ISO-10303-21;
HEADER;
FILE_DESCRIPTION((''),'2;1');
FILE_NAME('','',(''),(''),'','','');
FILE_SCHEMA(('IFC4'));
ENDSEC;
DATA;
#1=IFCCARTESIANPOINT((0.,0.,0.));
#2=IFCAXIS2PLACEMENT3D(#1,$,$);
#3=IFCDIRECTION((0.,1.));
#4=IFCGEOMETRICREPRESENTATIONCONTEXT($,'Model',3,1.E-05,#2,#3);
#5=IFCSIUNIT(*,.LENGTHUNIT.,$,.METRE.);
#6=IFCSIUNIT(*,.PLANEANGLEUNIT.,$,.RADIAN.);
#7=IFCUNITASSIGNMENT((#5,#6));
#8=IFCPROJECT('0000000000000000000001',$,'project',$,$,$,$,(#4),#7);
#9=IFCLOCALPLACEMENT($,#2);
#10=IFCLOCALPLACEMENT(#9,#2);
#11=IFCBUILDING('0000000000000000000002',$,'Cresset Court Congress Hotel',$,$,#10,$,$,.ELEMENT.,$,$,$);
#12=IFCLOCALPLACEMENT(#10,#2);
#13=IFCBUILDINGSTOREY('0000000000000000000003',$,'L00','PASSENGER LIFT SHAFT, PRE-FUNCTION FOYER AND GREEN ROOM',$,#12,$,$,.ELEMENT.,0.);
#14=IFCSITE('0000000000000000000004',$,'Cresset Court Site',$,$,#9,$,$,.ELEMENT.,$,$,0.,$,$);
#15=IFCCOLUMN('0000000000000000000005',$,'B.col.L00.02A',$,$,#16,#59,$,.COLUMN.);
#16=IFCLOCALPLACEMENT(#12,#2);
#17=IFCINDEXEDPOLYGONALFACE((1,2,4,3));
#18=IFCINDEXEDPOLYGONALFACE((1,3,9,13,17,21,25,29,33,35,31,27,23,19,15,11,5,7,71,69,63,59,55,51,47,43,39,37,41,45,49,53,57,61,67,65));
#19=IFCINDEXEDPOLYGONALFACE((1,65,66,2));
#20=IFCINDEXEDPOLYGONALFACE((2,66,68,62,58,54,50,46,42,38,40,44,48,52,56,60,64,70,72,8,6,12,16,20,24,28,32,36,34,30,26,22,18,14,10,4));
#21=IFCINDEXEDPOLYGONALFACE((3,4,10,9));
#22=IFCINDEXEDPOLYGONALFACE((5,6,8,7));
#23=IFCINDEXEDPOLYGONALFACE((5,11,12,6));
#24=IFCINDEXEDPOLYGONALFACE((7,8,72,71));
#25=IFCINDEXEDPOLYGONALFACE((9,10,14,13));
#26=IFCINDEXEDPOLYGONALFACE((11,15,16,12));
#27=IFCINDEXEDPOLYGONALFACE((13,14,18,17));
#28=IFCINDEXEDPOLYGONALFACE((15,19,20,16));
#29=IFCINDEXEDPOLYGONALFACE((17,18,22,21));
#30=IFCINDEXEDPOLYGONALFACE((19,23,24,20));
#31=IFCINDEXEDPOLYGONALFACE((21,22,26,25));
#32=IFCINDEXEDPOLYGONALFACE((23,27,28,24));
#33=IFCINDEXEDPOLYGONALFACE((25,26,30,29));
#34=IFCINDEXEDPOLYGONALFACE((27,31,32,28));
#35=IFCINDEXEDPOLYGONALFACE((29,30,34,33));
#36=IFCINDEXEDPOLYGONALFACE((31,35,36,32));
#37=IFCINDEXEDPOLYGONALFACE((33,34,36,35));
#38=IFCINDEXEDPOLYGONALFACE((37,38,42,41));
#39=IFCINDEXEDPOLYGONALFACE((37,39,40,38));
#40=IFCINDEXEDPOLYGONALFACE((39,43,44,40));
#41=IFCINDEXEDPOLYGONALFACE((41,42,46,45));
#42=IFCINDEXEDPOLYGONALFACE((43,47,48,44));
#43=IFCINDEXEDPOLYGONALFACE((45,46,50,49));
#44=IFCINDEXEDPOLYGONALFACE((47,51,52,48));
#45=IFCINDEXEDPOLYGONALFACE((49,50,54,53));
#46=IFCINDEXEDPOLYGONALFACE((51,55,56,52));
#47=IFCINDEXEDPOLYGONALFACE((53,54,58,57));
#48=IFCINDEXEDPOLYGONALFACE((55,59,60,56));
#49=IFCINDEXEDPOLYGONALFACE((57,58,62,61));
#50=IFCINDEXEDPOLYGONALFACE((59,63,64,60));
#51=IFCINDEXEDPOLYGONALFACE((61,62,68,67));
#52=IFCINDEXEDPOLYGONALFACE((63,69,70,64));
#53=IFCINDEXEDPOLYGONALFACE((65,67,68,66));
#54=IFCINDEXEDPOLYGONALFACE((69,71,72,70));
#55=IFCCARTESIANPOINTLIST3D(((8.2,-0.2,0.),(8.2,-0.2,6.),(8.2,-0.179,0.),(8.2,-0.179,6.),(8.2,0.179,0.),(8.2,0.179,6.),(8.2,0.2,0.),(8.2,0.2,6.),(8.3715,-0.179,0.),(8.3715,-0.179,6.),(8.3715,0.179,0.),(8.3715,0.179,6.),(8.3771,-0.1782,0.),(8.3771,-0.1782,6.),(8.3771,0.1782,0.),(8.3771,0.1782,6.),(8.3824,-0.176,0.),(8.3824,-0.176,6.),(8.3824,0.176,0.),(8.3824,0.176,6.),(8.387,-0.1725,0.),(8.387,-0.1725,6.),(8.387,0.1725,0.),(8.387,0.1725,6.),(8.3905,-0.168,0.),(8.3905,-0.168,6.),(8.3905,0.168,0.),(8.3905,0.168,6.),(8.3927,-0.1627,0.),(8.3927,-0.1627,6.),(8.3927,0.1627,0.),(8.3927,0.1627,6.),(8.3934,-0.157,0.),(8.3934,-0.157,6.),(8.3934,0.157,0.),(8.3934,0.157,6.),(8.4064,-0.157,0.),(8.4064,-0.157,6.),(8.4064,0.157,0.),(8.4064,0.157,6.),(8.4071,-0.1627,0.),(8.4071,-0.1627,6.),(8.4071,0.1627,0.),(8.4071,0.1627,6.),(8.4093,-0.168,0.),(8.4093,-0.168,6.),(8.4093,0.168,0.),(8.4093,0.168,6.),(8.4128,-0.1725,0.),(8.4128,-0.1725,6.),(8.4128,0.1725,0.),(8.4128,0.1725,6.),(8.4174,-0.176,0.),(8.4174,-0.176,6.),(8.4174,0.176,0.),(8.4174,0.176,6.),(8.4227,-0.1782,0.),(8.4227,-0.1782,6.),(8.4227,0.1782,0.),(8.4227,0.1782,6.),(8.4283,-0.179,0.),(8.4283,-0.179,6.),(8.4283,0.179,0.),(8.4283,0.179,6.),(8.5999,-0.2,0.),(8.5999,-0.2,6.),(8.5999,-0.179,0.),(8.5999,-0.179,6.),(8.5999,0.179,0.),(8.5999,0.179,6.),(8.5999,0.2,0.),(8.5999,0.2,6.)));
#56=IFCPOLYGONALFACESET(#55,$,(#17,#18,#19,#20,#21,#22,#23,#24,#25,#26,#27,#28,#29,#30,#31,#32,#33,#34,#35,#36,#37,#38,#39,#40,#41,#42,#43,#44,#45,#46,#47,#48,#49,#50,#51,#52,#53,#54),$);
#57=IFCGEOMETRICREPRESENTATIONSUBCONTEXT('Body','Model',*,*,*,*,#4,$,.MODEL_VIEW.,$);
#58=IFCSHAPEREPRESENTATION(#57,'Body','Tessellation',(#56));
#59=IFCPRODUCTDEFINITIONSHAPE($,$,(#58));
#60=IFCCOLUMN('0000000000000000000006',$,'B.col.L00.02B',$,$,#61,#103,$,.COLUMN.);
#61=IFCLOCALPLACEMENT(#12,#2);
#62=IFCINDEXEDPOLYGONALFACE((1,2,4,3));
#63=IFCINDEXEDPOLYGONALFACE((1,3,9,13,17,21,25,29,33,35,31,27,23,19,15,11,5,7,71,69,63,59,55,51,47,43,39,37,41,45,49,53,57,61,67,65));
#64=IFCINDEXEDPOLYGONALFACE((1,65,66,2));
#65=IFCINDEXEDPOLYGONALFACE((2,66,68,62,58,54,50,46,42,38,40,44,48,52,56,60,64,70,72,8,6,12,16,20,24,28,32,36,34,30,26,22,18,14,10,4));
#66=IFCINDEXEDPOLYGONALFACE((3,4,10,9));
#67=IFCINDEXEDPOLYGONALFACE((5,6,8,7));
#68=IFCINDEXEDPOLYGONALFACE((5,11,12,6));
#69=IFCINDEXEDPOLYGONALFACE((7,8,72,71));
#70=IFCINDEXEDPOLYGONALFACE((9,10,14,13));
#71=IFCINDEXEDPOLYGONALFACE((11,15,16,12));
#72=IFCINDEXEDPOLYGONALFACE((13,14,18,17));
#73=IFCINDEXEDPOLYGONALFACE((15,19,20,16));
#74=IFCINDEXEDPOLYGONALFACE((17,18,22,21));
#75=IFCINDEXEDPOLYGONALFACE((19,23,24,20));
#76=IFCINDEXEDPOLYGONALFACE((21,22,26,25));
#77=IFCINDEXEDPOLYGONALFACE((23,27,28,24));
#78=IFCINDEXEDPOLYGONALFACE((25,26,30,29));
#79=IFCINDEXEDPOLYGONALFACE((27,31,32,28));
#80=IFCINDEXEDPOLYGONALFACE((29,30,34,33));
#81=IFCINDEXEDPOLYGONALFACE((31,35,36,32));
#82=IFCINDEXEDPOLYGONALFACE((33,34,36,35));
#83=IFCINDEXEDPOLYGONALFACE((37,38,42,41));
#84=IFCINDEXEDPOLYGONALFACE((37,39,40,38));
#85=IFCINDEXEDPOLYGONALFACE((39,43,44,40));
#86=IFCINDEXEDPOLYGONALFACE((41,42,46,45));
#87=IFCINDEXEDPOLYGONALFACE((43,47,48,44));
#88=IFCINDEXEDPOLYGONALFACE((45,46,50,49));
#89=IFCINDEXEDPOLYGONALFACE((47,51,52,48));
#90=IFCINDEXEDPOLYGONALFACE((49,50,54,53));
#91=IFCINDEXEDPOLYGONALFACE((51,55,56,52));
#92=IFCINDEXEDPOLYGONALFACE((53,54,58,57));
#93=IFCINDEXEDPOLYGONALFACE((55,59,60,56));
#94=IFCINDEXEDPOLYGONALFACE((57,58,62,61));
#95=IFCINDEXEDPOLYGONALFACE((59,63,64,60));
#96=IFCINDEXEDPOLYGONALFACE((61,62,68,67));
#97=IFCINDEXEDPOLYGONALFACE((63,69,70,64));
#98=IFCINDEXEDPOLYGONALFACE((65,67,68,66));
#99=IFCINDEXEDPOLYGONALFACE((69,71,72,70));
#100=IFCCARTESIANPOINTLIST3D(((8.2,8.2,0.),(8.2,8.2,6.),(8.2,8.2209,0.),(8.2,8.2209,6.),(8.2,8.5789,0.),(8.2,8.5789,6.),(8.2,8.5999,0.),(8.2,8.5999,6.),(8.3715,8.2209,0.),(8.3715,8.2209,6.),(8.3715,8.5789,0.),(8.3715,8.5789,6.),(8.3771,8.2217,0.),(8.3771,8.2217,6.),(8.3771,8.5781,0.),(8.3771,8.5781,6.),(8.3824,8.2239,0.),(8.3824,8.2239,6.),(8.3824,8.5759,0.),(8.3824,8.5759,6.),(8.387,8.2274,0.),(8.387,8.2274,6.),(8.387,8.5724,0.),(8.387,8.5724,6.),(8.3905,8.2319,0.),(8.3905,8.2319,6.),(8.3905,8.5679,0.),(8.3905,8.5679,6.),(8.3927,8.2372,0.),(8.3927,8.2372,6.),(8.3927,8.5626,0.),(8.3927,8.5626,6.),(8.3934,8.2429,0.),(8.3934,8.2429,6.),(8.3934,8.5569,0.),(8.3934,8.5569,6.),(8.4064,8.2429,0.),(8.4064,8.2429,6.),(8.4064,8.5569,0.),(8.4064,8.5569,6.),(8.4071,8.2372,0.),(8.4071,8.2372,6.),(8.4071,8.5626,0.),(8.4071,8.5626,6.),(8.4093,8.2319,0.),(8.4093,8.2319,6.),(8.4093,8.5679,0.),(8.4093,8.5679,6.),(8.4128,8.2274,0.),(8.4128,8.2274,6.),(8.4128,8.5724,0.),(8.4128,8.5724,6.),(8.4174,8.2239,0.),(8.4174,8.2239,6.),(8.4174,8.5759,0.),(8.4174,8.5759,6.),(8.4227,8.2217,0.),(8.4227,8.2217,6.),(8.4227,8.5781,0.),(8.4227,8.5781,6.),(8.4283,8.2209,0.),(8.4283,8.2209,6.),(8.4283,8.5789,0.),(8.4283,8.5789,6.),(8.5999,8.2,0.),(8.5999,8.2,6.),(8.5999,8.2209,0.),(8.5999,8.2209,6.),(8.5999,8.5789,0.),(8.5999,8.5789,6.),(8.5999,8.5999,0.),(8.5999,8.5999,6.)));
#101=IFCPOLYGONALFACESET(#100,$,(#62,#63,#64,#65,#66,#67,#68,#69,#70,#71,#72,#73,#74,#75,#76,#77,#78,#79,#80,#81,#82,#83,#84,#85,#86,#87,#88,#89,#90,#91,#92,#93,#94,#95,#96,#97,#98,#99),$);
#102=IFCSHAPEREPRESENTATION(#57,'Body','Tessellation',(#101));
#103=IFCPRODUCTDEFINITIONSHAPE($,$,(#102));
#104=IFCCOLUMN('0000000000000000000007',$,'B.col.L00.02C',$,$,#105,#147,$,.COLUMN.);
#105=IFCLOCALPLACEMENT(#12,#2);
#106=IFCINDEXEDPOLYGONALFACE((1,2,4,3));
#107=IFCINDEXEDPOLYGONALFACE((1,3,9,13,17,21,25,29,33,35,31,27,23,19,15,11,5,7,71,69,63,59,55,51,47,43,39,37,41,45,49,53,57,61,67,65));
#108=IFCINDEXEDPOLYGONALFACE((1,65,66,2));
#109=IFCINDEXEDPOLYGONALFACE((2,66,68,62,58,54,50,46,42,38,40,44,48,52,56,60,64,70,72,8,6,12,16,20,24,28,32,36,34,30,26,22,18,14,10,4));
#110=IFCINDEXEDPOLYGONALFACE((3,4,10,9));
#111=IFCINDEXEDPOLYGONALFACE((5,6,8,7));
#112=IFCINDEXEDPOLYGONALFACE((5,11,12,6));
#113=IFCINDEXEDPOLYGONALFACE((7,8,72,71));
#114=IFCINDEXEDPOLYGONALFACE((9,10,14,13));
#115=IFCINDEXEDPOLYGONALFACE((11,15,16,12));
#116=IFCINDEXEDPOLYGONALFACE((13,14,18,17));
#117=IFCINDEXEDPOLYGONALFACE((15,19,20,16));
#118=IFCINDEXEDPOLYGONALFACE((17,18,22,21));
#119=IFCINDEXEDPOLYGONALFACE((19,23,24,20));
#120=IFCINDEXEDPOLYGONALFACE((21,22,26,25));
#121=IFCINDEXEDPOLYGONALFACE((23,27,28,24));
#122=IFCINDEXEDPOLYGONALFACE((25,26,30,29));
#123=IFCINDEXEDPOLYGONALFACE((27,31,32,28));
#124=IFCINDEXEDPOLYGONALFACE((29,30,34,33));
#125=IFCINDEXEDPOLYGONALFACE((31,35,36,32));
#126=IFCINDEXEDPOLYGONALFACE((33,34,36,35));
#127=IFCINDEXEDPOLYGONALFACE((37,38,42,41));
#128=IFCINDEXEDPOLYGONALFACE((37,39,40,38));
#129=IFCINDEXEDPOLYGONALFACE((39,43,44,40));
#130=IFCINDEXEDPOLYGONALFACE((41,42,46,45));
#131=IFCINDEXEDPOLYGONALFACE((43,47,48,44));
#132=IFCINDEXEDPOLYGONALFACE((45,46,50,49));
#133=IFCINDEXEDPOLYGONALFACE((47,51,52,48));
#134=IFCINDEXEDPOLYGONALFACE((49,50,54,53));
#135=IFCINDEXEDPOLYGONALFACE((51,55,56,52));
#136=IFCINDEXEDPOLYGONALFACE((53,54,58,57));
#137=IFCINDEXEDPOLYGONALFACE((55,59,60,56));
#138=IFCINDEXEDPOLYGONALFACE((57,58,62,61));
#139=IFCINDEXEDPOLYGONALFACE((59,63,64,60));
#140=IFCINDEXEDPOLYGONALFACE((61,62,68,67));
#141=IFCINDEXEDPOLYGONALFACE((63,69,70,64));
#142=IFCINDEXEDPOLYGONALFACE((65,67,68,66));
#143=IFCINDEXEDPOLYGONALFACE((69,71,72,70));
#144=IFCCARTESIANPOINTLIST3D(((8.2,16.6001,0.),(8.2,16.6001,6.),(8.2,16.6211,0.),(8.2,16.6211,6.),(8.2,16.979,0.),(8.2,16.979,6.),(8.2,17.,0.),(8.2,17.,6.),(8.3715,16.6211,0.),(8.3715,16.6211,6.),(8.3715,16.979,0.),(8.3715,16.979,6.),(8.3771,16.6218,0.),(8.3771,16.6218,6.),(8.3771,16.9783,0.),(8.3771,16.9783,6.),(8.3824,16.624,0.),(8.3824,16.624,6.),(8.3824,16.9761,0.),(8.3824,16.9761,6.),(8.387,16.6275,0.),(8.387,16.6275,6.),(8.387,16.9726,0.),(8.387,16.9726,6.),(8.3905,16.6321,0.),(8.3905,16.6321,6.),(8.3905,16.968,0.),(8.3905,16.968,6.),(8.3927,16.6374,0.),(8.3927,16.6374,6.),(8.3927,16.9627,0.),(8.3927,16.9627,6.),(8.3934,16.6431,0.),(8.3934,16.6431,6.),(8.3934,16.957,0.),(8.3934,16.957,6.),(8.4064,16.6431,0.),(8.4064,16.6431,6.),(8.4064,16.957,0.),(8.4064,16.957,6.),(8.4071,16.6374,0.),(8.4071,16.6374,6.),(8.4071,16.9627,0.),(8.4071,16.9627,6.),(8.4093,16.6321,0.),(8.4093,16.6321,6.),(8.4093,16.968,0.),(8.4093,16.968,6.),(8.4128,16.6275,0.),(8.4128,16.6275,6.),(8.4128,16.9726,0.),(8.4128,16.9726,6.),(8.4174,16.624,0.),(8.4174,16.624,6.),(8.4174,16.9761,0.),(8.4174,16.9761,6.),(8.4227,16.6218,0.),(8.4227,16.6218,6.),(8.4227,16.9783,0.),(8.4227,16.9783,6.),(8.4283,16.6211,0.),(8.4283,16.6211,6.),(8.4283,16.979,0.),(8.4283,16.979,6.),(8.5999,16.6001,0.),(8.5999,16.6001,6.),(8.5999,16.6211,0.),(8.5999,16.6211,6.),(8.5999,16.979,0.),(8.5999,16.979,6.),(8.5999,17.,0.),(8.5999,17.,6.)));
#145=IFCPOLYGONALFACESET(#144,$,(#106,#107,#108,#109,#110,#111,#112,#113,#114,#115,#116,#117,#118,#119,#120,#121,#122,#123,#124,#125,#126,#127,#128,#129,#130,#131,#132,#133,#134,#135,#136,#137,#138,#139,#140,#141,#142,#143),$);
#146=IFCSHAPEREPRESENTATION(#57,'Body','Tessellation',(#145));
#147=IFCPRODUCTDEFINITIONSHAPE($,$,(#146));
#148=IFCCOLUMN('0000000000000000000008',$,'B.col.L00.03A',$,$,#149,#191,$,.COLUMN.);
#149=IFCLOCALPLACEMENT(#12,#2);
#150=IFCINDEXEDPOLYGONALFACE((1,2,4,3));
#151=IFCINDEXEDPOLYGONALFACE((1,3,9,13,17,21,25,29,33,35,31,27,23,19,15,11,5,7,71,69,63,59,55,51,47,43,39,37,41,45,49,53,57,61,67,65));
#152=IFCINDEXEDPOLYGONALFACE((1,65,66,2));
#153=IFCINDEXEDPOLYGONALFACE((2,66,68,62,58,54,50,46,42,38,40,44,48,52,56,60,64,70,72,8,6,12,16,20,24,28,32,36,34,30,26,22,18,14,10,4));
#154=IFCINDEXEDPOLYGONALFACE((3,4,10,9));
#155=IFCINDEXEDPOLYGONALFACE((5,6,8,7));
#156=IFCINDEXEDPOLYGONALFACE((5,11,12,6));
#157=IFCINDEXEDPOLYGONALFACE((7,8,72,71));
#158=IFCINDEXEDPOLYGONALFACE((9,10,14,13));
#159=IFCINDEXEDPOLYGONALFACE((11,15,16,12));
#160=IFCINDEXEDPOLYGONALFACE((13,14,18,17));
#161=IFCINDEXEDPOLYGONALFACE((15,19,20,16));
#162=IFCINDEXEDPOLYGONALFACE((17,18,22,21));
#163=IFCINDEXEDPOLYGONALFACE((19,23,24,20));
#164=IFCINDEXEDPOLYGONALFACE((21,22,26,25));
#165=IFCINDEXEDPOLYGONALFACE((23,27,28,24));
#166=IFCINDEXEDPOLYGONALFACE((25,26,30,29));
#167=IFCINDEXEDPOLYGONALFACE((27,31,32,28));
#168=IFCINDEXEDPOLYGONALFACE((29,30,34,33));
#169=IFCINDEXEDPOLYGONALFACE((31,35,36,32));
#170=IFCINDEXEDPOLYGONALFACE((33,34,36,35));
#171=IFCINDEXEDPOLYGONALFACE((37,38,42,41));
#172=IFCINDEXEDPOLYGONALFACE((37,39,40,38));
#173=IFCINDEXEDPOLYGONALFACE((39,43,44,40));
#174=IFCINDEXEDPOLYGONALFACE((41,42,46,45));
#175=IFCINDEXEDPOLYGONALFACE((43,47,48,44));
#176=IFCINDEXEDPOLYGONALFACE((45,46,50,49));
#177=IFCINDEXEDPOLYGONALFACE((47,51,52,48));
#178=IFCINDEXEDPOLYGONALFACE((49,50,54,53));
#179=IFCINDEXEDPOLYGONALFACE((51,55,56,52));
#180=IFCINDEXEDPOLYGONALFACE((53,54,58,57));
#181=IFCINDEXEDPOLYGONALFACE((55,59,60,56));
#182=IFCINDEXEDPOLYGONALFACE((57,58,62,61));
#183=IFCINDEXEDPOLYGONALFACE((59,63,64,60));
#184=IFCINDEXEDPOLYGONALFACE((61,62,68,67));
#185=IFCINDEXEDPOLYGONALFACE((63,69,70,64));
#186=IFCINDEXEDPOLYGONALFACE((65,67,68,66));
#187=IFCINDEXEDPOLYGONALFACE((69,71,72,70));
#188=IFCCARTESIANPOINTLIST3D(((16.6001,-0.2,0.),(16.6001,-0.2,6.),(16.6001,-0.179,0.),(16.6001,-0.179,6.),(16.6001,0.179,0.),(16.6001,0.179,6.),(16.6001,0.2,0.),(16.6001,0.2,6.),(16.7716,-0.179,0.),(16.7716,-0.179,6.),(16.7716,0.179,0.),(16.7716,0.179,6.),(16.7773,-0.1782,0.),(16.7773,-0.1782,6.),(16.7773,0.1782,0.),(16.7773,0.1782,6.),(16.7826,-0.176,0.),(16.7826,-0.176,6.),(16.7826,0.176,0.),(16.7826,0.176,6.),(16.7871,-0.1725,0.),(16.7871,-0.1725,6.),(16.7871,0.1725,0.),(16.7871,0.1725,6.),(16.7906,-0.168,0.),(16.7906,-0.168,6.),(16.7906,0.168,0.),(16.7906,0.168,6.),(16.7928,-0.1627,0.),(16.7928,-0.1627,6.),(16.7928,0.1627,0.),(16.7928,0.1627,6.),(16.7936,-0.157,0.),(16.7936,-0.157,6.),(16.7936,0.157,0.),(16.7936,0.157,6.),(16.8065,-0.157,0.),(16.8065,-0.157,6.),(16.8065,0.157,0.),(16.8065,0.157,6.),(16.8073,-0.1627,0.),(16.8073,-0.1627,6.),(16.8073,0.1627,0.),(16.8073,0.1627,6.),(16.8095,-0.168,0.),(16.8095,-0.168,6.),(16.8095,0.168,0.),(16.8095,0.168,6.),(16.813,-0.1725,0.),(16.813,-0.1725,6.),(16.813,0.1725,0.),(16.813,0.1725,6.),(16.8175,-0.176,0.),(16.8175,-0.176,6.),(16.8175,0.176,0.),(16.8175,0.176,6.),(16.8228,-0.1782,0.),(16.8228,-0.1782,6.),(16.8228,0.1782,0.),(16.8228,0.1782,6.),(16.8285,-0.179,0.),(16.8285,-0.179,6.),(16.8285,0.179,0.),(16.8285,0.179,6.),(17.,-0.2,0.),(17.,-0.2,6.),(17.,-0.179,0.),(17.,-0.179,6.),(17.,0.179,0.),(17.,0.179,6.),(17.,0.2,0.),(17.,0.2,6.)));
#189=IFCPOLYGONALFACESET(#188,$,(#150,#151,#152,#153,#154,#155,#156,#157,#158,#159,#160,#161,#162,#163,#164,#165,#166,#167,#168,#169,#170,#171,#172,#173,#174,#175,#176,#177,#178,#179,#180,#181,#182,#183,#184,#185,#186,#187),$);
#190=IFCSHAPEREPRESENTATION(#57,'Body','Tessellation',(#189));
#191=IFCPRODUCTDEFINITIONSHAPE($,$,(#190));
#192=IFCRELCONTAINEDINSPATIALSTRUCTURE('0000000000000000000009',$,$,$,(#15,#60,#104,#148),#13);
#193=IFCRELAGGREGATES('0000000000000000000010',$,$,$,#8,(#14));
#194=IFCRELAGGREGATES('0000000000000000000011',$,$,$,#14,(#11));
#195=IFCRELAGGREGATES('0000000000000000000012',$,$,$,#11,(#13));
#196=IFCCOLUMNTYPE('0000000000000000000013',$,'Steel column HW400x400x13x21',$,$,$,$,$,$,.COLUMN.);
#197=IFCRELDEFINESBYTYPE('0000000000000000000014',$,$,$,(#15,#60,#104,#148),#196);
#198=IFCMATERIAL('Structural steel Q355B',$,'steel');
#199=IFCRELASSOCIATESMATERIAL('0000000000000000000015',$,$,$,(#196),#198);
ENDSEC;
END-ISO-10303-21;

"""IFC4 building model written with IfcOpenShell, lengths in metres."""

from ifc_helpers import new_model, si_unit, direction, frame, origin, origin_2d, place, context, subcontext, project, spatial, i_section, extrude, material, material_profile, profile_set, type_object, element, save


model = new_model("IFC4")

# Units and contexts
model_context = context("Model", 3, precision=1e-05, world=origin(), true_north=direction((0.0, 1.0)))
body_context = subcontext(model_context, "Body", "Model", "MODEL_VIEW")
ifc_project = project(units=[si_unit("LENGTHUNIT", "METRE"), si_unit("PLANEANGLEUNIT", "RADIAN")], contexts=[model_context])

# Site, building, storey
site_placement = place(None, origin())
site = spatial("IfcSite", under=ifc_project, at=site_placement, Name="Cresset Court Site", CompositionType="ELEMENT", RefElevation=0.0)
building_placement = place(site_placement, origin())
building = spatial("IfcBuilding", under=site, at=building_placement, Name="Cresset Court Congress Hotel", CompositionType="ELEMENT")
storey_placement = place(building_placement, origin())
storey = spatial("IfcBuildingStorey", under=building, at=storey_placement, Name="L00", Description="PASSENGER LIFT SHAFT, PRE-FUNCTION FOYER AND GREEN ROOM", CompositionType="ELEMENT", Elevation=0.0)

# Columns
ifc_material_1 = material(Name="Structural steel Q355B", Category="steel")
ifc_material_profile = material_profile(ifc_material_1, i_section(OverallWidth=0.3999, OverallDepth=0.3999, WebThickness=0.0129, FlangeThickness=0.021, FilletRadius=0.022, at=origin_2d()), Name="HW400x400x13x21")
ifc_profile_set = profile_set([ifc_material_profile], Name="Structural steel Q355B")
column_type = type_object("IfcColumnType", Name="Steel column HW400x400x13x21", PredefinedType="COLUMN", material=ifc_profile_set)
for number, where, z_axis, x_axis, name in (
    (1, (8.3999, 0.0, 0.0), (0.0, 0.0, 1.0), (1.0, 0.0, 0.0), "B.col.L00.02A"),
    (2, (8.3999, 8.3999, 0.0), (0.0, 0.0, 1.0), (1.0, 0.0, 0.0), "B.col.L00.02B"),
    (3, (8.3999, 16.8, 0.0), (0.0, 0.0, 1.0), (1.0, 0.0, 0.0), "B.col.L00.02C"),
    (4, (16.8, 0.0, 0.0), (0.0, 0.0, 1.0), (1.0, 0.0, 0.0), "B.col.L00.03A"),
):
    element("IfcColumn", number, at=place(storey_placement, frame(where, z_axis=z_axis, x_axis=x_axis)), inside=storey, type_object=column_type, Name=name, PredefinedType="COLUMN", context=body_context, shape_type="SweptSolid", body=[
        extrude(i_section(OverallWidth=0.3999, OverallDepth=0.3999, WebThickness=0.0129, FlangeThickness=0.021, FilletRadius=0.022, at=origin_2d()), origin(), (0.0, 0.0, 1.0), 6.0),
    ])

save(model, "model.ifc")
